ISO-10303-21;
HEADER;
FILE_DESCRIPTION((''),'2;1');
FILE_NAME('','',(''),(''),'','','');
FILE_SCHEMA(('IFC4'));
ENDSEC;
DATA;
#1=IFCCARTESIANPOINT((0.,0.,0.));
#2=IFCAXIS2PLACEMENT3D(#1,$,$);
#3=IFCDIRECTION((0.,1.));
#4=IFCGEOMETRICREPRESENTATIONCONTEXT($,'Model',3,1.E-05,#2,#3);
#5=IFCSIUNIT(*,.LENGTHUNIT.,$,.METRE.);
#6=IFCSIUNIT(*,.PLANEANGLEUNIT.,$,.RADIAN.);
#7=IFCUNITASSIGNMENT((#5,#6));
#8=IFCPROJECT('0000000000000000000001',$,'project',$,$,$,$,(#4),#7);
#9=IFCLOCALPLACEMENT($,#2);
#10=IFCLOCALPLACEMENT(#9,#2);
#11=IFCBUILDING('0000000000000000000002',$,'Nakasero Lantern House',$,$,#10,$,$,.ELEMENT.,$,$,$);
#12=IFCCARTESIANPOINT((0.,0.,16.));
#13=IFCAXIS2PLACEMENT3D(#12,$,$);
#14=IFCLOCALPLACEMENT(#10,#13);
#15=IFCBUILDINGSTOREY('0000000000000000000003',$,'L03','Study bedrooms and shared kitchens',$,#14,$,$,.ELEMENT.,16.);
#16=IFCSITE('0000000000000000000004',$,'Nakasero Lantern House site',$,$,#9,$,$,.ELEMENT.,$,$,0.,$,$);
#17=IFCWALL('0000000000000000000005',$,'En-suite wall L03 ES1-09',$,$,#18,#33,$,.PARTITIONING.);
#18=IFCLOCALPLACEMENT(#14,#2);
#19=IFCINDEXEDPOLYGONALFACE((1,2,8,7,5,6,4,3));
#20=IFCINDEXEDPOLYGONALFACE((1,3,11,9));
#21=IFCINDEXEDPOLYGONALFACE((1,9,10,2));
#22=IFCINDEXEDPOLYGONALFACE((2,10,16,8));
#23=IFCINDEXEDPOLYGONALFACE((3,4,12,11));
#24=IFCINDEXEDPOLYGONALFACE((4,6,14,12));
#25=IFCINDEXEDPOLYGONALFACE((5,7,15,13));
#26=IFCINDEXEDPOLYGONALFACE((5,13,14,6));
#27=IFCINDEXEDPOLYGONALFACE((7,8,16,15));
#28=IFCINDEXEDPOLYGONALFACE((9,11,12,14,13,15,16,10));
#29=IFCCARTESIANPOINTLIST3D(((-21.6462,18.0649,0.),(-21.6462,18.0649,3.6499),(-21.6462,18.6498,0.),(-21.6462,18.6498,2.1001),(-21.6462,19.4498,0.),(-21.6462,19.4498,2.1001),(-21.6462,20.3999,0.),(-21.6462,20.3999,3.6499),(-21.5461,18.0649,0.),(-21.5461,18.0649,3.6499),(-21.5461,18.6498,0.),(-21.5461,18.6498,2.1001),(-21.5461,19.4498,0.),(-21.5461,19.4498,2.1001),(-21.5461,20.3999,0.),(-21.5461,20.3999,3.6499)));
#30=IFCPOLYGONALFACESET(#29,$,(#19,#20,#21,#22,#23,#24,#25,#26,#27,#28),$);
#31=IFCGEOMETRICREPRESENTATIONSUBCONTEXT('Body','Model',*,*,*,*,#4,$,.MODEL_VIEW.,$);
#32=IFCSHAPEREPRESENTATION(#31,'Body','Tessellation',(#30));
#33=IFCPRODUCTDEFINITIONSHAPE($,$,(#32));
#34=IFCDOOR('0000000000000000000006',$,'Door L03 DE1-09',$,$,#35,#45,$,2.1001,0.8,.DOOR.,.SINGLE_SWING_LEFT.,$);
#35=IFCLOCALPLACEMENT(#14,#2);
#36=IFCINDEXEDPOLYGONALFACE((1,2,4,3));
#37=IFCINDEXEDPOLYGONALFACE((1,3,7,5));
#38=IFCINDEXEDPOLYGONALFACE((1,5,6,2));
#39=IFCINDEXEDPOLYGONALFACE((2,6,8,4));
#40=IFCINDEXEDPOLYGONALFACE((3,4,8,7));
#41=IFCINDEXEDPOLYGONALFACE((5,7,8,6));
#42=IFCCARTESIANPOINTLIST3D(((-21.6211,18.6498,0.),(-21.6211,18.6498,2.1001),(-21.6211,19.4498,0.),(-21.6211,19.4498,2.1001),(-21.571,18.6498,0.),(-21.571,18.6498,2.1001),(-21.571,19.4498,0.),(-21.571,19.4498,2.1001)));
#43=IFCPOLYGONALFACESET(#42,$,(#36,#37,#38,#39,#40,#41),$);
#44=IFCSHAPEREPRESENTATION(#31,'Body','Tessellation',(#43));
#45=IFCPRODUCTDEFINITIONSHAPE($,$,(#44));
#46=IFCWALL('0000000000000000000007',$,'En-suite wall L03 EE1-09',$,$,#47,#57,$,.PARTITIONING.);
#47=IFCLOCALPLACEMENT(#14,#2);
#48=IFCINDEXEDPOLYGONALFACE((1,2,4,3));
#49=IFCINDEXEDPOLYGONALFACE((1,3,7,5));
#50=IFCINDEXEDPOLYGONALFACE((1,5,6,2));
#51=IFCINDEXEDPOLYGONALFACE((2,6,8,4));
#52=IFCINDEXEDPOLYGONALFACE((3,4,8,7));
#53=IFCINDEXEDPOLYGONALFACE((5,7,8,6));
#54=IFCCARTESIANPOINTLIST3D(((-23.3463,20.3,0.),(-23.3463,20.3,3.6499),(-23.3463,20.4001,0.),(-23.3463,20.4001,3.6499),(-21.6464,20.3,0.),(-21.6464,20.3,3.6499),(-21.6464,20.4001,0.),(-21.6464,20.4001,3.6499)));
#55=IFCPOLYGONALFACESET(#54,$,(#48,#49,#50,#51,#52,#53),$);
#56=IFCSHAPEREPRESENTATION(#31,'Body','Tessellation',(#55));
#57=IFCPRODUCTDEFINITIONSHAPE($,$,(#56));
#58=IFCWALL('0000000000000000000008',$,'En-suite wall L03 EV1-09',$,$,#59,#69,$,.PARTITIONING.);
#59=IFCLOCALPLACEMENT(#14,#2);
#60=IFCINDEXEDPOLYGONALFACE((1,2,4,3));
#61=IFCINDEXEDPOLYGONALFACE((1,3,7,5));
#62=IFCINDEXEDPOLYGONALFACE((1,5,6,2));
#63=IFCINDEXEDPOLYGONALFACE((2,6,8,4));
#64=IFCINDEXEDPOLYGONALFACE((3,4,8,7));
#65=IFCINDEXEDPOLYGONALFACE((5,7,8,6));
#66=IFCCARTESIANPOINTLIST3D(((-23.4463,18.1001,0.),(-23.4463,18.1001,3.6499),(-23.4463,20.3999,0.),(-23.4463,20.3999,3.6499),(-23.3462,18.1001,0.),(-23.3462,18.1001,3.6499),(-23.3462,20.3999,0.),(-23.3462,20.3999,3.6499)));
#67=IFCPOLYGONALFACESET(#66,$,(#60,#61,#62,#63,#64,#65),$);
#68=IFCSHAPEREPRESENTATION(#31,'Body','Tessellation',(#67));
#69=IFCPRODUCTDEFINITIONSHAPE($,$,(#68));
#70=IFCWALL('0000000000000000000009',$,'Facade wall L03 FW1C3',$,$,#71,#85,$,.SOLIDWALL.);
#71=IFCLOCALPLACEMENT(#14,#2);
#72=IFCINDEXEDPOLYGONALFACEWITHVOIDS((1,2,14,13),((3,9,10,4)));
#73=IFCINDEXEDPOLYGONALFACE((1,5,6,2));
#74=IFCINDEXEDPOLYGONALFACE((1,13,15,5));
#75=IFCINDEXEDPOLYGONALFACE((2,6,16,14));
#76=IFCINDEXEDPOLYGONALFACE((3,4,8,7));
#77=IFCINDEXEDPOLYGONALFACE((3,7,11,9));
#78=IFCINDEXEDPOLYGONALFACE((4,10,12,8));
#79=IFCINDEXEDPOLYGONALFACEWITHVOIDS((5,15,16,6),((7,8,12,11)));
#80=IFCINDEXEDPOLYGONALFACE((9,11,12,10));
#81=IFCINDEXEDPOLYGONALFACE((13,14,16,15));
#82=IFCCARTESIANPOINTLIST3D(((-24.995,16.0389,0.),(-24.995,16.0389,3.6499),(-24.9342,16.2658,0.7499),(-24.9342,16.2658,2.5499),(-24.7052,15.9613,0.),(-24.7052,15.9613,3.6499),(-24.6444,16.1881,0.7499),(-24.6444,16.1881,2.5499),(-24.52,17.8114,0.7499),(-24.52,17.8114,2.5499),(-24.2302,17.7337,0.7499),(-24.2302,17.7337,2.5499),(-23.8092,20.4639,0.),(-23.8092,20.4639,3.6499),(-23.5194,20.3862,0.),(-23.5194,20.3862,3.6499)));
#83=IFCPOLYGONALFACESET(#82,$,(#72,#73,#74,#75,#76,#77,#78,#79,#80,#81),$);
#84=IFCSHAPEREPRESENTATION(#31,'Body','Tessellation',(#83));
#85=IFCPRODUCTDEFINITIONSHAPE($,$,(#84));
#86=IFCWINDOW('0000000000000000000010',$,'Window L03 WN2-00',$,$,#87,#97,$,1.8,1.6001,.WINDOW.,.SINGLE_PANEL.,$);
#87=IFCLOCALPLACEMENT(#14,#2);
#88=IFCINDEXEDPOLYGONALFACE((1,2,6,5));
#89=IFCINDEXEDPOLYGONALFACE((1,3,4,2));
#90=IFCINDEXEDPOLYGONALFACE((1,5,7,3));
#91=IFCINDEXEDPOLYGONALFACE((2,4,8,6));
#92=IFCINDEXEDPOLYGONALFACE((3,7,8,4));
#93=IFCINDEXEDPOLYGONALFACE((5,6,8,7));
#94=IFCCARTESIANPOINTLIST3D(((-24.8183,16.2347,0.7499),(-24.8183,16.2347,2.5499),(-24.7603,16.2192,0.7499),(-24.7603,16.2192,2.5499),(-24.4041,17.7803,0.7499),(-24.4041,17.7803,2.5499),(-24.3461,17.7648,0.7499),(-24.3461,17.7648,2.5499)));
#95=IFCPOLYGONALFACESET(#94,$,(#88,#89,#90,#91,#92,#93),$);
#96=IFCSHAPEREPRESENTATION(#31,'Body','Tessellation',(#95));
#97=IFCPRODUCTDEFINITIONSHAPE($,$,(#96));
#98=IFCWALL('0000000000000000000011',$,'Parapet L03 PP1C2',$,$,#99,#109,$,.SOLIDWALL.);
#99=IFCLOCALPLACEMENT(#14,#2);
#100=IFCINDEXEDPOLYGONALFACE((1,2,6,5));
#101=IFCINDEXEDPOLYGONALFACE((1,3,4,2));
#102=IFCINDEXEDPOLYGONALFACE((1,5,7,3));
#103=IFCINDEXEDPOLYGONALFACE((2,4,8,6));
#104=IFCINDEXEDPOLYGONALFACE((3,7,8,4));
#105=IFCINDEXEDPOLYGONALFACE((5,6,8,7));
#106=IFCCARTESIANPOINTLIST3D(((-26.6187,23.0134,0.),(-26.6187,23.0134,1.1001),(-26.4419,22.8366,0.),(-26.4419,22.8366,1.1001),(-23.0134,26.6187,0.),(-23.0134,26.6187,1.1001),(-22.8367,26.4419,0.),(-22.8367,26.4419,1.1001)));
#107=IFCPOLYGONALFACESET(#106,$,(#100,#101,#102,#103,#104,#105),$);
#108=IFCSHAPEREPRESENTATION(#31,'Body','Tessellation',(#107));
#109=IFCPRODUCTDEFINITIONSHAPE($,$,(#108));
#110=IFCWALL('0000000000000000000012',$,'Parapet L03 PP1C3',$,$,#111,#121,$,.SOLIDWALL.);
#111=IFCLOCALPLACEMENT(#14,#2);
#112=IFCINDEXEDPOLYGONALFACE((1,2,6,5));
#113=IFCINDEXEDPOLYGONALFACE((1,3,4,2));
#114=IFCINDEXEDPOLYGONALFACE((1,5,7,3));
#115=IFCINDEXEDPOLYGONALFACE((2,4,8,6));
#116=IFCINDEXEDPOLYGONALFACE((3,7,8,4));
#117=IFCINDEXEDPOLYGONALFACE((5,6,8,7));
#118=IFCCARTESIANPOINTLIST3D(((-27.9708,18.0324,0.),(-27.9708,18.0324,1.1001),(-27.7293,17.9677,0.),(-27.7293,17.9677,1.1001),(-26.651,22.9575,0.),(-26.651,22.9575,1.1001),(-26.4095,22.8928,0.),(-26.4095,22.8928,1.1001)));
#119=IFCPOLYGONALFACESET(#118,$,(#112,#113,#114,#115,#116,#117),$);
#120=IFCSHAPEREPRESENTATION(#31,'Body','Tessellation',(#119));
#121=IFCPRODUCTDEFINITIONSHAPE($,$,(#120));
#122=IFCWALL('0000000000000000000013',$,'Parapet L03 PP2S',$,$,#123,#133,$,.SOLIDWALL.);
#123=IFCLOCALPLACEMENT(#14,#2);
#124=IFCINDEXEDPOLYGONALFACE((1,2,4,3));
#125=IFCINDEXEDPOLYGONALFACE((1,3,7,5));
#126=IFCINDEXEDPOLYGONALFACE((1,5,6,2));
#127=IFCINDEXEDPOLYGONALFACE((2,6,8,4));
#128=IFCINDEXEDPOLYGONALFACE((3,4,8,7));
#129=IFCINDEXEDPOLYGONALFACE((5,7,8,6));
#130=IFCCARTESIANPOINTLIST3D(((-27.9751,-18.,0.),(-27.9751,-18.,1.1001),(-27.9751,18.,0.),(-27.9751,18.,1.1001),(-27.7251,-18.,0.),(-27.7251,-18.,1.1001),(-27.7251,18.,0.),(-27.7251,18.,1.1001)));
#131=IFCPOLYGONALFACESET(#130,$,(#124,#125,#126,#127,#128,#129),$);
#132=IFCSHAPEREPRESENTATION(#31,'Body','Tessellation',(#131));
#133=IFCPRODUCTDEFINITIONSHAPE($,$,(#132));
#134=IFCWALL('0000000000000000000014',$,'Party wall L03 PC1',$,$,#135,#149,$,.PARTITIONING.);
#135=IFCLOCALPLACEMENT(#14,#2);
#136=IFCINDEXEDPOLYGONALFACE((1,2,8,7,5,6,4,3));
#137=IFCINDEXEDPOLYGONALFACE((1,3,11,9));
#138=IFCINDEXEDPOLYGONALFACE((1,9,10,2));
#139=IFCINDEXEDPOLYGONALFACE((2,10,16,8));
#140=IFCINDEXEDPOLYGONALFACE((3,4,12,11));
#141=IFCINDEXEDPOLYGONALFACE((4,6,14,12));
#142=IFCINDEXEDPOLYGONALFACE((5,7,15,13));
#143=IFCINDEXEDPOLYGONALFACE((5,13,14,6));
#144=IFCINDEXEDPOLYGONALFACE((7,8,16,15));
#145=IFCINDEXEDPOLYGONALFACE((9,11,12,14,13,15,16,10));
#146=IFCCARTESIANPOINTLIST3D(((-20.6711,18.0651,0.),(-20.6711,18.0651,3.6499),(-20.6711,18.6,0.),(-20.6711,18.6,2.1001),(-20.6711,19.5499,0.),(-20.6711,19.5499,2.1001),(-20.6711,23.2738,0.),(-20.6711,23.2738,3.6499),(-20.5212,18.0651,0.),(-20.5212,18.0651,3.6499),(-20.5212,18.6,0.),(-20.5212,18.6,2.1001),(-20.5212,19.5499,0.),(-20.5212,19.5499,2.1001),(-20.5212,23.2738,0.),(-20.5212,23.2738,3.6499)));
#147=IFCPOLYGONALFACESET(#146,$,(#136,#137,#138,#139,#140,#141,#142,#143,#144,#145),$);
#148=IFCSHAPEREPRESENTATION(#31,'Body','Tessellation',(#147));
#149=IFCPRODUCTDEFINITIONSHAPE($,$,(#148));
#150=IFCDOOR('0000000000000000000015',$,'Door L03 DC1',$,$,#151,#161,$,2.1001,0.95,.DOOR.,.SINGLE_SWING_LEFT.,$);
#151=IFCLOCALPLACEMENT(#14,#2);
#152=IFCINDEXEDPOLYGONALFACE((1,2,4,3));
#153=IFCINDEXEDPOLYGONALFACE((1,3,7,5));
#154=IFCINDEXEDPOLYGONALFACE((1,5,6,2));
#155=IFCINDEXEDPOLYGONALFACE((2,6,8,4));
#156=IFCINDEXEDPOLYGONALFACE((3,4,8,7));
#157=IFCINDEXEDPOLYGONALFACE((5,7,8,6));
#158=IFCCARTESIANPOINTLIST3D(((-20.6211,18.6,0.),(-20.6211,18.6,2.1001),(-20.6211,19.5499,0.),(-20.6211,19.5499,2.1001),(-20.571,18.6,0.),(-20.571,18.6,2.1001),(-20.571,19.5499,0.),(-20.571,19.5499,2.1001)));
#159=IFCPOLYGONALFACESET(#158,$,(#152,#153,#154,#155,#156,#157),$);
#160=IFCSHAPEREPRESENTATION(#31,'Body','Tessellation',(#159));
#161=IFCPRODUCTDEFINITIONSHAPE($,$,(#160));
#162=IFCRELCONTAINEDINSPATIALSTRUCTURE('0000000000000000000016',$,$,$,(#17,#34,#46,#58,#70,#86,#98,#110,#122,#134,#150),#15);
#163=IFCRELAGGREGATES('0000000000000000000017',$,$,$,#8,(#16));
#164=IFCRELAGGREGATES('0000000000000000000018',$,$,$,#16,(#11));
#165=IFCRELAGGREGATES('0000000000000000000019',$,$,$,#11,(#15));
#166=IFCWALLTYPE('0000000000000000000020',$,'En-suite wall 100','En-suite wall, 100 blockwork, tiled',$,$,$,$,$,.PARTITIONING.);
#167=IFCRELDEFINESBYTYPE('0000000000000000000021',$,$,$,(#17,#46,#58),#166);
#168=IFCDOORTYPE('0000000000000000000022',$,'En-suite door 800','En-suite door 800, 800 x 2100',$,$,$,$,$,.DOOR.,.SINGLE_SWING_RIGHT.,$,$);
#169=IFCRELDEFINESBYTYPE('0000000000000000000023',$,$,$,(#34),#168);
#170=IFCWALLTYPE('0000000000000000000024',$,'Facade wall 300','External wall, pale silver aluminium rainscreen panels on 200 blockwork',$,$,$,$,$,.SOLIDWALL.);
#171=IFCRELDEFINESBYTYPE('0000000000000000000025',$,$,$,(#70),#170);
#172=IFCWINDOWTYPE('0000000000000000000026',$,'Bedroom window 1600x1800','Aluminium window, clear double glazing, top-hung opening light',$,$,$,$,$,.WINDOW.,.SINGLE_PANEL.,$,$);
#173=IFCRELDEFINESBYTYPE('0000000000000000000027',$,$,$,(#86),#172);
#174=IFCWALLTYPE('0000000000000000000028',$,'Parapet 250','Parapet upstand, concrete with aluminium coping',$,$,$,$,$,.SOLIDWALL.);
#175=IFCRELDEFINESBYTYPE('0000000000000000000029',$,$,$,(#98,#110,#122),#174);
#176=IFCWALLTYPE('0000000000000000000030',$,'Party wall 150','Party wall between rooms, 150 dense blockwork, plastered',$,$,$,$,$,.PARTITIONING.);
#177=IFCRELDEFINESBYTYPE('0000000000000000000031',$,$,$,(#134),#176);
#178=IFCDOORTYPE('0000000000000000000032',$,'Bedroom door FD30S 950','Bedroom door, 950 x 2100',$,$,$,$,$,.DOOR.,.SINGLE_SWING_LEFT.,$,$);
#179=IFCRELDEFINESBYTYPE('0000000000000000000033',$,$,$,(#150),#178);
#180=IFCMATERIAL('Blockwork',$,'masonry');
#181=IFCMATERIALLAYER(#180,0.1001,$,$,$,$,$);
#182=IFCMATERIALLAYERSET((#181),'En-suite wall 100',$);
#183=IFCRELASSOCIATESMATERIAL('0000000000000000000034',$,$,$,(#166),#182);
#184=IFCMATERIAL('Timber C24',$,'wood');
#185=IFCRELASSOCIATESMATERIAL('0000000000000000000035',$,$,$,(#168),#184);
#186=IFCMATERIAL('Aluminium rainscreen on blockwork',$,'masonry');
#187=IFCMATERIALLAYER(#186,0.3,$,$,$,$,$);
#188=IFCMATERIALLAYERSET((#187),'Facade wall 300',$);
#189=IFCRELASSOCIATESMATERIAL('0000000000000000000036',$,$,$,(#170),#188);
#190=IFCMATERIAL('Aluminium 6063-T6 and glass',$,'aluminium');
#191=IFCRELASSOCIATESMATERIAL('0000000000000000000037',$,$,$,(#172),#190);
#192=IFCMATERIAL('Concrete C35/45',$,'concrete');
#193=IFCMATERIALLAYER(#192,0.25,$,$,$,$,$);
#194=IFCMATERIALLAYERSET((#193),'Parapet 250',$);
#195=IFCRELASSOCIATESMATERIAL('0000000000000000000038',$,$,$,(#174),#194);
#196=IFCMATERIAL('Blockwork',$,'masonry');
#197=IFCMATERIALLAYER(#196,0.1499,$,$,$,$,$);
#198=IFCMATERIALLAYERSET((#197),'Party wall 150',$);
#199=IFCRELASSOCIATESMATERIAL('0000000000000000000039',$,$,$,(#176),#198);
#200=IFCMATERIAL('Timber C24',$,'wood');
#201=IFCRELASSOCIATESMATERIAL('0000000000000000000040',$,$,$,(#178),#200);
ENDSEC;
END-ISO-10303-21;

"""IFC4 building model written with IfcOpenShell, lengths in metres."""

from ifc_helpers import new_model, si_unit, direction, frame, frame_2d, origin, place, context, subcontext, project, spatial, rectangle, extrude, material, layer, layer_set, type_object, element, fill, save


model = new_model("IFC4")

# Units and contexts
model_context = context("Model", 3, precision=1e-05, world=origin(), true_north=direction((0.0, 1.0)))
body_context = subcontext(model_context, "Body", "Model", "MODEL_VIEW")
ifc_project = project(units=[si_unit("LENGTHUNIT", "METRE"), si_unit("PLANEANGLEUNIT", "RADIAN")], contexts=[model_context])

# Site, building, storey
site_placement = place(None, origin())
site = spatial("IfcSite", under=ifc_project, at=site_placement, Name="Nakasero Lantern House site", CompositionType="ELEMENT", RefElevation=0.0)
building_placement = place(site_placement, origin())
building = spatial("IfcBuilding", under=site, at=building_placement, Name="Nakasero Lantern House", CompositionType="ELEMENT")
storey_placement = place(building_placement, frame((0.0, 0.0, 16.0)))
storey = spatial("IfcBuildingStorey", under=building, at=storey_placement, Name="L03", Description="Study bedrooms and shared kitchens", CompositionType="ELEMENT", Elevation=16.0)

# Wall, opening, door
ifc_material_1 = material(Name="Blockwork", Category="masonry")
ifc_layer_1 = layer(ifc_material_1, 0.1001)
ifc_layer_set_1 = layer_set([ifc_layer_1], Name="En-suite wall 100")
wall_type_1 = type_object("IfcWallType", Name="En-suite wall 100", Description="En-suite wall, 100 blockwork, tiled", PredefinedType="PARTITIONING", material=ifc_layer_set_1)
wall_1_placement = place(storey_placement, frame((-21.5962, 18.0649, 0.0), z_axis=(0.0, 0.0, 1.0), x_axis=(0.0, 1.0, 0.0)))
wall_1 = element("IfcWall", 1, at=wall_1_placement, inside=storey, type_object=wall_type_1, Name="En-suite wall L03 ES1-09", PredefinedType="PARTITIONING", context=body_context, shape_type="SweptSolid", body=[
    extrude(rectangle(XDim=2.335, YDim=0.1001, at=frame_2d((1.1675, 0.0))), origin(), (0.0, 0.0, 1.0), 3.6499),
])
opening_1_placement = place(wall_1_placement, frame((0.585, 0.0, 0.0)))
opening_1 = element("IfcOpeningElement", 2, at=opening_1_placement, cuts=wall_1, PredefinedType="OPENING", context=body_context, shape_type="SweptSolid", body=[
    extrude(rectangle(XDim=0.8, YDim=2.1001, at=frame_2d((0.3999, 1.05))), frame((0.0, 0.0701, 0.0), z_axis=(0.0, -1.0, 0.0), x_axis=(1.0, 0.0, 0.0)), (0.0, 0.0, 1.0), 0.1401),
])
ifc_material_2 = material(Name="Timber C24", Category="wood")
door_type_1 = type_object("IfcDoorType", Name="En-suite door 800", Description="En-suite door 800, 800 x 2100", OperationType="SINGLE_SWING_RIGHT", PredefinedType="DOOR", material=ifc_material_2)
door_1_placement = place(opening_1_placement, origin())
door_1 = element("IfcDoor", 3, at=door_1_placement, inside=storey, type_object=door_type_1, Name="Door L03 DE1-09", OperationType="SINGLE_SWING_LEFT", OverallHeight=2.1001, OverallWidth=0.8, PredefinedType="DOOR", context=body_context, shape_type="SweptSolid", body=[
    extrude(rectangle(XDim=0.8, YDim=2.1001, at=frame_2d((0.3999, 1.05))), frame((0.0, 0.0249, 0.0), z_axis=(0.0, -1.0, 0.0), x_axis=(1.0, 0.0, 0.0)), (0.0, 0.0, 1.0), 0.05),
])
fill(opening_1, door_1)

# Walls
wall_2_placement = place(storey_placement, frame((-21.6462, 20.3501, 0.0), z_axis=(0.0, 0.0, 1.0), x_axis=(-1.0, 0.0, 0.0)))
element("IfcWall", 4, at=wall_2_placement, inside=storey, type_object=wall_type_1, Name="En-suite wall L03 EE1-09", PredefinedType="PARTITIONING", context=body_context, shape_type="SweptSolid", body=[
    extrude(rectangle(XDim=1.7, YDim=0.1001, at=frame_2d((0.8501, 0.0))), origin(), (0.0, 0.0, 1.0), 3.6499),
])
wall_3_placement = place(storey_placement, frame((-23.3962, 18.1001, 0.0), z_axis=(0.0, 0.0, 1.0), x_axis=(0.0, 1.0, 0.0)))
element("IfcWall", 5, at=wall_3_placement, inside=storey, type_object=wall_type_1, Name="En-suite wall L03 EV1-09", PredefinedType="PARTITIONING", context=body_context, shape_type="SweptSolid", body=[
    extrude(rectangle(XDim=2.2998, YDim=0.1001, at=frame_2d((1.1499, 0.0))), origin(), (0.0, 0.0, 1.0), 3.6499),
])

# Wall, opening, window
ifc_material_3 = material(Name="Aluminium rainscreen on blockwork", Category="masonry")
ifc_layer_2 = layer(ifc_material_3, 0.3)
ifc_layer_set_2 = layer_set([ifc_layer_2], Name="Facade wall 300")
wall_type_2 = type_object("IfcWallType", Name="Facade wall 300", Description="External wall, pale silver aluminium rainscreen panels on 200 blockwork", PredefinedType="SOLIDWALL", material=ifc_layer_set_2)
wall_4_placement = place(storey_placement, frame((-23.6643, 20.425, 0.0), z_axis=(0.0, 0.0, 1.0), x_axis=(-0.25884, -0.96592, 0.0)))
wall_4 = element("IfcWall", 6, at=wall_4_placement, inside=storey, type_object=wall_type_2, Name="Facade wall L03 FW1C3", PredefinedType="SOLIDWALL", context=body_context, shape_type="SweptSolid", body=[
    extrude(rectangle(XDim=4.5811, YDim=0.3, at=frame_2d((2.2905, 0.0))), origin(), (0.0, 0.0, 1.0), 3.6499),
])
opening_2_placement = place(wall_4_placement, frame((2.7461, 0.0, 0.75)))
opening_2 = element("IfcOpeningElement", 7, at=opening_2_placement, cuts=wall_4, PredefinedType="OPENING", context=body_context, shape_type="SweptSolid", body=[
    extrude(rectangle(XDim=1.6001, YDim=1.8, at=frame_2d((0.8, 0.8999))), frame((0.0, 0.1699, 0.0), z_axis=(0.0, -1.0, 0.0), x_axis=(1.0, 0.0, 0.0)), (0.0, 0.0, 1.0), 0.3401),
])
ifc_material_4 = material(Name="Aluminium 6063-T6 and glass", Category="aluminium")
window_type = type_object("IfcWindowType", Name="Bedroom window 1600x1800", Description="Aluminium window, clear double glazing, top-hung opening light", PartitioningType="SINGLE_PANEL", PredefinedType="WINDOW", material=ifc_material_4)
window_placement = place(opening_2_placement, origin())
window = element("IfcWindow", 8, at=window_placement, inside=storey, type_object=window_type, Name="Window L03 WN2-00", OverallHeight=1.8, OverallWidth=1.6001, PartitioningType="SINGLE_PANEL", PredefinedType="WINDOW", context=body_context, shape_type="SweptSolid", body=[
    extrude(rectangle(XDim=1.6001, YDim=1.8, at=frame_2d((0.8, 0.8999))), frame((0.0, 0.03, 0.0), z_axis=(0.0, -1.0, 0.0), x_axis=(1.0, 0.0, 0.0)), (0.0, 0.0, 1.0), 0.0601),
])
fill(opening_2, window)

# Walls
ifc_material_5 = material(Name="Concrete C35/45", Category="concrete")
ifc_layer_3 = layer(ifc_material_5, 0.25)
ifc_layer_set_3 = layer_set([ifc_layer_3], Name="Parapet 250")
wall_type_3 = type_object("IfcWallType", Name="Parapet 250", Description="Parapet upstand, concrete with aluminium coping", PredefinedType="SOLIDWALL", material=ifc_layer_set_3)
wall_5_placement = place(storey_placement, frame((-22.925, 26.5303, 0.0), z_axis=(0.0, 0.0, 1.0), x_axis=(-0.707107, -0.707107, 0.0)))
element("IfcWall", 9, at=wall_5_placement, inside=storey, type_object=wall_type_3, Name="Parapet L03 PP1C2", PredefinedType="SOLIDWALL", context=body_context, shape_type="SweptSolid", body=[
    extrude(rectangle(XDim=5.0986, YDim=0.25, at=frame_2d((2.5493, 0.0))), origin(), (0.0, 0.0, 1.0), 1.1001),
])
wall_6_placement = place(storey_placement, frame((-26.5303, 22.925, 0.0), z_axis=(0.0, 0.0, 1.0), x_axis=(-0.258849, -0.965918, 0.0)))
element("IfcWall", 10, at=wall_6_placement, inside=storey, type_object=wall_type_3, Name="Parapet L03 PP1C3", PredefinedType="SOLIDWALL", context=body_context, shape_type="SweptSolid", body=[
    extrude(rectangle(XDim=5.0989, YDim=0.25, at=frame_2d((2.5493, 0.0))), origin(), (0.0, 0.0, 1.0), 1.1001),
])
wall_7_placement = place(storey_placement, frame((-27.8501, 18.0, 0.0), z_axis=(0.0, 0.0, 1.0), x_axis=(0.0, -1.0, 0.0)))
element("IfcWall", 11, at=wall_7_placement, inside=storey, type_object=wall_type_3, Name="Parapet L03 PP2S", PredefinedType="SOLIDWALL", context=body_context, shape_type="SweptSolid", body=[
    extrude(rectangle(XDim=36.0, YDim=0.25, at=frame_2d((18.0, 0.0))), origin(), (0.0, 0.0, 1.0), 1.1001),
])

# Wall, opening, door
ifc_material_6 = material(Name="Blockwork", Category="masonry")
ifc_layer_4 = layer(ifc_material_6, 0.1499)
ifc_layer_set_4 = layer_set([ifc_layer_4], Name="Party wall 150")
wall_type_4 = type_object("IfcWallType", Name="Party wall 150", Description="Party wall between rooms, 150 dense blockwork, plastered", PredefinedType="PARTITIONING", material=ifc_layer_set_4)
wall_8_placement = place(storey_placement, frame((-20.5962, 18.0649, 0.0), z_axis=(0.0, 0.0, 1.0), x_axis=(0.0, 1.0, 0.0)))
wall_8 = element("IfcWall", 12, at=wall_8_placement, inside=storey, type_object=wall_type_4, Name="Party wall L03 PC1", PredefinedType="PARTITIONING", context=body_context, shape_type="SweptSolid", body=[
    extrude(rectangle(XDim=5.2087, YDim=0.1499, at=frame_2d((2.6045, 0.0))), origin(), (0.0, 0.0, 1.0), 3.6499),
])
opening_3_placement = place(wall_8_placement, frame((0.5349, 0.0, 0.0)))
opening_3 = element("IfcOpeningElement", 13, at=opening_3_placement, cuts=wall_8, PredefinedType="OPENING", context=body_context, shape_type="SweptSolid", body=[
    extrude(rectangle(XDim=0.95, YDim=2.1001, at=frame_2d((0.4751, 1.05))), frame((0.0, 0.095, 0.0), z_axis=(0.0, -1.0, 0.0), x_axis=(1.0, 0.0, 0.0)), (0.0, 0.0, 1.0), 0.1899),
])
ifc_material_7 = material(Name="Timber C24", Category="wood")
door_type_2 = type_object("IfcDoorType", Name="Bedroom door FD30S 950", Description="Bedroom door, 950 x 2100", OperationType="SINGLE_SWING_LEFT", PredefinedType="DOOR", material=ifc_material_7)
door_2_placement = place(opening_3_placement, origin())
door_2 = element("IfcDoor", 14, at=door_2_placement, inside=storey, type_object=door_type_2, Name="Door L03 DC1", OperationType="SINGLE_SWING_LEFT", OverallHeight=2.1001, OverallWidth=0.95, PredefinedType="DOOR", context=body_context, shape_type="SweptSolid", body=[
    extrude(rectangle(XDim=0.95, YDim=2.1001, at=frame_2d((0.4751, 1.05))), frame((0.0, 0.0249, 0.0), z_axis=(0.0, -1.0, 0.0), x_axis=(1.0, 0.0, 0.0)), (0.0, 0.0, 1.0), 0.05),
])
fill(opening_3, door_2)

save(model, "model.ifc")
